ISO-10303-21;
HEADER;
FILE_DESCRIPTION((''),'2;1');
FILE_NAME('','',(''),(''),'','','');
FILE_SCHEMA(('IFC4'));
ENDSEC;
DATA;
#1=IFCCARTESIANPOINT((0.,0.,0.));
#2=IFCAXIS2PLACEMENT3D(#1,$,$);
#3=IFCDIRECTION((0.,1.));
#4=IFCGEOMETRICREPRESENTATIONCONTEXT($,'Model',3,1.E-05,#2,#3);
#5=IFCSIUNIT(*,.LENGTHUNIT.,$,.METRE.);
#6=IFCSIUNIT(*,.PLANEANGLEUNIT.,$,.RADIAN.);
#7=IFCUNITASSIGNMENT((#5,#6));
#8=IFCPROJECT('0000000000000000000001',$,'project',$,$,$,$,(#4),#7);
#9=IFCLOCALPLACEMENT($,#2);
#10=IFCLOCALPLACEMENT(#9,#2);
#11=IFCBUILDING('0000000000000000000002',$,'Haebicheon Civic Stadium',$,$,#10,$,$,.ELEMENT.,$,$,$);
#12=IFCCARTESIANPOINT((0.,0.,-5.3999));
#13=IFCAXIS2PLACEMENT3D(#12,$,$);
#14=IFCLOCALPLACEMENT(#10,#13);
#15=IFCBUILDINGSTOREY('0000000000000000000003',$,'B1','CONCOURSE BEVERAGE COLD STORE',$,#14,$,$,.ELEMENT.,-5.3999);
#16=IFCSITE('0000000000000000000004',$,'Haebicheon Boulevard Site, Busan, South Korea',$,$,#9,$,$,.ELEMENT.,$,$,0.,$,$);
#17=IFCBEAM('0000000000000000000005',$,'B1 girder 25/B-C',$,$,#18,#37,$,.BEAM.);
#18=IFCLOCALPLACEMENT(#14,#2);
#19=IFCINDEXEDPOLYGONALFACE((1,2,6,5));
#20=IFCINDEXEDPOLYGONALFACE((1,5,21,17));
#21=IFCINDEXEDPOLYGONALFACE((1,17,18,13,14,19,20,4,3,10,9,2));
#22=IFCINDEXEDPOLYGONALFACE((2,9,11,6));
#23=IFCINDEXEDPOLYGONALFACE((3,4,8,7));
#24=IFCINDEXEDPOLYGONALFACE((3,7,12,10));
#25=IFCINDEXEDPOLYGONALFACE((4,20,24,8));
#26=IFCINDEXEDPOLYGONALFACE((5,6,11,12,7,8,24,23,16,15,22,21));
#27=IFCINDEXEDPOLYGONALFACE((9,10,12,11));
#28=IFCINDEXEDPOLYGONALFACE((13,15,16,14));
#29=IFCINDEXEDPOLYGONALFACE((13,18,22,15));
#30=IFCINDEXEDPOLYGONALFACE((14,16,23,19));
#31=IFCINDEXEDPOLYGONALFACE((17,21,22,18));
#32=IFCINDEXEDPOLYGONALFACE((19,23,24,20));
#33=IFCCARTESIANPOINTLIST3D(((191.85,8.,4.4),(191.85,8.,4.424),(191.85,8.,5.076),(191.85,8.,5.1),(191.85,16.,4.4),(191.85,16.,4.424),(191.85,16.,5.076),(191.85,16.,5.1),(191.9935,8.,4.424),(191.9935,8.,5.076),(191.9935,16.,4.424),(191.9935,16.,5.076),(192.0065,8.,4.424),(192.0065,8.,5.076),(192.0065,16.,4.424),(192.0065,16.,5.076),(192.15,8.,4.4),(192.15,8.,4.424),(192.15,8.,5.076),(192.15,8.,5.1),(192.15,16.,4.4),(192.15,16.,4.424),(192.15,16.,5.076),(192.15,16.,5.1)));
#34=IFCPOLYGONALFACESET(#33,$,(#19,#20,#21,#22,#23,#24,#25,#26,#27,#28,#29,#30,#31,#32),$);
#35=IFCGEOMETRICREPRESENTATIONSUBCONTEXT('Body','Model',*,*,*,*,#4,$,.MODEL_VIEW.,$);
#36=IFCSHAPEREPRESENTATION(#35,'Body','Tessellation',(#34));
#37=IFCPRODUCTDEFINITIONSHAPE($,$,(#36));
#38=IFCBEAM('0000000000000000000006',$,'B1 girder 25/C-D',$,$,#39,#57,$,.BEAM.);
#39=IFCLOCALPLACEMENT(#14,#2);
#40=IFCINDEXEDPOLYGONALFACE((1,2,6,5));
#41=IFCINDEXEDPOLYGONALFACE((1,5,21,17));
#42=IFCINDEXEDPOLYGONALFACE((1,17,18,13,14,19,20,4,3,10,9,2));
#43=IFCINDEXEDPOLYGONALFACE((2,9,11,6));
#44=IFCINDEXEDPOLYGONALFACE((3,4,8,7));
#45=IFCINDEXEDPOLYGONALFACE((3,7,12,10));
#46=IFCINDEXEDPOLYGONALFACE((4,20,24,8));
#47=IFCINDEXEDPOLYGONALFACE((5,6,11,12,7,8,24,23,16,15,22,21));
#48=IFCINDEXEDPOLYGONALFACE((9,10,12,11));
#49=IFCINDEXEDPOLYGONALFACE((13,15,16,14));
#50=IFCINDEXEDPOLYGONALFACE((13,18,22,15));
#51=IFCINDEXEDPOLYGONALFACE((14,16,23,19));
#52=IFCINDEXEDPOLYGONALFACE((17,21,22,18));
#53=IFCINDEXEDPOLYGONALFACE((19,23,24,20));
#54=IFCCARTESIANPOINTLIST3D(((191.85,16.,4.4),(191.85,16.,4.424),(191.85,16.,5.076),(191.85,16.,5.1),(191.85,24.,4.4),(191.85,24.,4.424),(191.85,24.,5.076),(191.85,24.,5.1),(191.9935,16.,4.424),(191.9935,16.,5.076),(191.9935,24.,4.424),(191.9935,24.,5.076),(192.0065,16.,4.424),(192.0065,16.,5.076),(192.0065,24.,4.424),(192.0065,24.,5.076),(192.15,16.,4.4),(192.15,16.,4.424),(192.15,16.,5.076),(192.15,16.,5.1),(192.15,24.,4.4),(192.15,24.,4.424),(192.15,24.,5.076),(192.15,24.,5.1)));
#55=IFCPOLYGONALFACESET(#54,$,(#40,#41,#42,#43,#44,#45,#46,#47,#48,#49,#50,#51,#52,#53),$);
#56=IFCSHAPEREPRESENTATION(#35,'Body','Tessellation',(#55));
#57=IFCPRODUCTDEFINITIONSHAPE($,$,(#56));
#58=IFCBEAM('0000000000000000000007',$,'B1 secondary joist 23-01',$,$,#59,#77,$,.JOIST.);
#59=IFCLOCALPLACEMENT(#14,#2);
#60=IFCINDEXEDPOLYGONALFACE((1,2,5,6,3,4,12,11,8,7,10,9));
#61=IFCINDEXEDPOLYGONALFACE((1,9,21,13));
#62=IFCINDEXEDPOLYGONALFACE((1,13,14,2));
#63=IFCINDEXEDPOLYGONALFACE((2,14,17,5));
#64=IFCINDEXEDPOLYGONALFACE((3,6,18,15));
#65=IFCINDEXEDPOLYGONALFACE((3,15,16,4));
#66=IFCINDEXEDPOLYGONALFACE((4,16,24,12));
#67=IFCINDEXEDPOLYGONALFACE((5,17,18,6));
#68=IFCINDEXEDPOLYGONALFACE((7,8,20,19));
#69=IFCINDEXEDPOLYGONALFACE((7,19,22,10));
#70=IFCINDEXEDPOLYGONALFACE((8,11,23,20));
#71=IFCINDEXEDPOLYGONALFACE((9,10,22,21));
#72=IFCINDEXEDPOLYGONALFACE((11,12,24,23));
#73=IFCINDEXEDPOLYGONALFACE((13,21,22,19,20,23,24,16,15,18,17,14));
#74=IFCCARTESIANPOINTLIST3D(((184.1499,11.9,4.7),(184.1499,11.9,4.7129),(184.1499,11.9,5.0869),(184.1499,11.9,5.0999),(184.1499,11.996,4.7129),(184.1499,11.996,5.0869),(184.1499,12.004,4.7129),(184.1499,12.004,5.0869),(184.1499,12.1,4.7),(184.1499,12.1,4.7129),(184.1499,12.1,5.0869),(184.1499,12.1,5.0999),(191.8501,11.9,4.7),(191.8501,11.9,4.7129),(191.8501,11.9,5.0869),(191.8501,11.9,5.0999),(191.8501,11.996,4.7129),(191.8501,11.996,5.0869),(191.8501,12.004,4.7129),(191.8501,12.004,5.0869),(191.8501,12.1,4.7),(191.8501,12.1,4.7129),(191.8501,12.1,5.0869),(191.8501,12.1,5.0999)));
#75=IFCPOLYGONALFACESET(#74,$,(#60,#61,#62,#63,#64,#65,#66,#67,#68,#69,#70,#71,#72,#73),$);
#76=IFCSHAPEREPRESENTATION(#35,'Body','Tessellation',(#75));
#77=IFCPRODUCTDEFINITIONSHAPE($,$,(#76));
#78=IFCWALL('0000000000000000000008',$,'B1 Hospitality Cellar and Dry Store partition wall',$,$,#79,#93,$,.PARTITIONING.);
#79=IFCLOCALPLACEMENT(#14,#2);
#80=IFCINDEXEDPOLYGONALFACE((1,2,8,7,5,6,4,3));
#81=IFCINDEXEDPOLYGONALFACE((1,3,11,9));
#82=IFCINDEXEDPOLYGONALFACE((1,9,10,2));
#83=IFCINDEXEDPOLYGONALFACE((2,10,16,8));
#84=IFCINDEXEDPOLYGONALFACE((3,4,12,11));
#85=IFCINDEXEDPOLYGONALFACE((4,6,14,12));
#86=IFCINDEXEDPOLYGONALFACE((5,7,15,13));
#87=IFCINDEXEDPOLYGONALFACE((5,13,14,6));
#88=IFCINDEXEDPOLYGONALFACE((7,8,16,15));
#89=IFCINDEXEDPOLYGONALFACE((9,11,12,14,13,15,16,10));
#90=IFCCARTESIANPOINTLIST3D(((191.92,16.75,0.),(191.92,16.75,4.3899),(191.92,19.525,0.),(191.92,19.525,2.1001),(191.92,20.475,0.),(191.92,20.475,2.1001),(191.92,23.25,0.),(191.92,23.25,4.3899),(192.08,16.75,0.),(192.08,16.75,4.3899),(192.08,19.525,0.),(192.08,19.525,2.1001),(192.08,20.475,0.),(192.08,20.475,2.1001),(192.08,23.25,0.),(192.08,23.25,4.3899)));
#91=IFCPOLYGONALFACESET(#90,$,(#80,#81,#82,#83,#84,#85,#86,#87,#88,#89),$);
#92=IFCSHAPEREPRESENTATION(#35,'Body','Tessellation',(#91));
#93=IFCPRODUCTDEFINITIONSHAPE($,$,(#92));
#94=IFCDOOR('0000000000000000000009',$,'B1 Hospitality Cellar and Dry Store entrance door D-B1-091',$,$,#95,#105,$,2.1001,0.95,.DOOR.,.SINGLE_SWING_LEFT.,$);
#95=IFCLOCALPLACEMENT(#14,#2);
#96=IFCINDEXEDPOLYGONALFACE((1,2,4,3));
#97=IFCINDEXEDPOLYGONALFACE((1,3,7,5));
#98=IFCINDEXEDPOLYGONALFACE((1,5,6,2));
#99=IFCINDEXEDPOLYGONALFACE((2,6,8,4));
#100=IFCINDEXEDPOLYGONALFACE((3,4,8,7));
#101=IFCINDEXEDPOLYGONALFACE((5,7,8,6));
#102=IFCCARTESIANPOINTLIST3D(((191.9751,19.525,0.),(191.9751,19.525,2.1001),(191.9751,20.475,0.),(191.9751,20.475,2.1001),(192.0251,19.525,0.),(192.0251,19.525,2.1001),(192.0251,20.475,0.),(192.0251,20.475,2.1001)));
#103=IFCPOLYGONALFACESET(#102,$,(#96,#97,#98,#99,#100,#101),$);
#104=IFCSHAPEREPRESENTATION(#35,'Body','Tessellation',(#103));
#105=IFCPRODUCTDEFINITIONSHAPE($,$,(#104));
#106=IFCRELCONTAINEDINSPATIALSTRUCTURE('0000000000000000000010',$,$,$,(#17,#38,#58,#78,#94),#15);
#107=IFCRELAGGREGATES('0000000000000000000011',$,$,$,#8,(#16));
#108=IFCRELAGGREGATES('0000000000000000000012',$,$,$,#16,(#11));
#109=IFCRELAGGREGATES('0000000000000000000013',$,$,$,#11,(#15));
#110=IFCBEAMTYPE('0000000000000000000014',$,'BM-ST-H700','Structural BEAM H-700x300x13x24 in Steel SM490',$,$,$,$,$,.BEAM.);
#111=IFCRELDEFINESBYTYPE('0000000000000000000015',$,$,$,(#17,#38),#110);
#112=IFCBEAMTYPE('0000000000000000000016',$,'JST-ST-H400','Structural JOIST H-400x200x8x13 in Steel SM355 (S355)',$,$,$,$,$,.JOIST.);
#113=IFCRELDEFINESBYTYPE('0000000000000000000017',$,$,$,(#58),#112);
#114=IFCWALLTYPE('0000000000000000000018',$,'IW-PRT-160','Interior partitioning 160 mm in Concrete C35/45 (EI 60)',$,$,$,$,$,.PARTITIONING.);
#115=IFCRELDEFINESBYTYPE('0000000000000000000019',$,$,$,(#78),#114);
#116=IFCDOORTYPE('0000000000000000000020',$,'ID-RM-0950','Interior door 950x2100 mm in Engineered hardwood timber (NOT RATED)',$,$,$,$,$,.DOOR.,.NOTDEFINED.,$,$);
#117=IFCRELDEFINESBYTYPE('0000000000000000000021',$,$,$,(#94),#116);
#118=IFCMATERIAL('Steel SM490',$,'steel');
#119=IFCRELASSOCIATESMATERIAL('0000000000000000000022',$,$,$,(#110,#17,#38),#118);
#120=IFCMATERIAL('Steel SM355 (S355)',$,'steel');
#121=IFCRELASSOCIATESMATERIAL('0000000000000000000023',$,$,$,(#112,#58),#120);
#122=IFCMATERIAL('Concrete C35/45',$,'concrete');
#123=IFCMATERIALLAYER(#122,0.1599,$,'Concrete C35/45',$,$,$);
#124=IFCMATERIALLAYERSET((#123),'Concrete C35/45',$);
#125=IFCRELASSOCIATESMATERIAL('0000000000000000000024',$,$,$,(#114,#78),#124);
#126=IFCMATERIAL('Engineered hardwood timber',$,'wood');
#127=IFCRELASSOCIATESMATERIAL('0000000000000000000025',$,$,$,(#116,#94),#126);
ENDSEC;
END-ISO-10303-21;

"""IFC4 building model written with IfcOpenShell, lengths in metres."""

from ifc_helpers import new_model, si_unit, direction, frame, frame_2d, origin, origin_2d, place, context, subcontext, project, spatial, rectangle, i_section, extrude, material, layer, layer_set, material_profile, profile_set, type_object, element, fill, save


model = new_model("IFC4")

# Units and contexts
model_context = context("Model", 3, precision=1e-05, world=origin(), true_north=direction((0.0, 1.0)))
body_context = subcontext(model_context, "Body", "Model", "MODEL_VIEW")
ifc_project = project(units=[si_unit("LENGTHUNIT", "METRE"), si_unit("PLANEANGLEUNIT", "RADIAN")], contexts=[model_context])

# Site, building, storey
site_placement = place(None, origin())
site = spatial("IfcSite", under=ifc_project, at=site_placement, Name="Haebicheon Boulevard Site, Busan, South Korea", CompositionType="ELEMENT", RefElevation=0.0)
building_placement = place(site_placement, origin())
building = spatial("IfcBuilding", under=site, at=building_placement, Name="Haebicheon Civic Stadium", CompositionType="ELEMENT")
storey_placement = place(building_placement, frame((0.0, 0.0, -5.3999)))
storey = spatial("IfcBuildingStorey", under=building, at=storey_placement, Name="B1", Description="CONCOURSE BEVERAGE COLD STORE", CompositionType="ELEMENT", Elevation=-5.3999)

# Beams
ifc_material_1 = material(Name="Steel SM490", Category="steel")
ifc_material_profile_1 = material_profile(ifc_material_1, i_section(OverallWidth=0.3, OverallDepth=0.7, WebThickness=0.0129, FlangeThickness=0.0239, at=origin_2d()), Name="H-700x300x13x24")
ifc_profile_set_1 = profile_set([ifc_material_profile_1], Name="Steel SM490")
beam_type_1 = type_object("IfcBeamType", Name="BM-ST-H700", Description="Structural BEAM H-700x300x13x24 in Steel SM490", PredefinedType="BEAM", material=ifc_profile_set_1)
for number, where, z_axis, x_axis, name in (
    (1, (192.0, 8.0, 4.75), (0.0, 1.0, 0.0), (-1.0, 0.0, 0.0), "B1 girder 25/B-C"),
    (2, (192.0, 16.0, 4.75), (0.0, 1.0, 0.0), (-1.0, 0.0, 0.0), "B1 girder 25/C-D"),
):
    element("IfcBeam", number, at=place(storey_placement, frame(where, z_axis=z_axis, x_axis=x_axis)), inside=storey, type_object=beam_type_1, material=ifc_profile_set_1, Name=name, PredefinedType="BEAM", context=body_context, shape_type="SweptSolid", body=[
        extrude(i_section(OverallWidth=0.3, OverallDepth=0.7, WebThickness=0.0129, FlangeThickness=0.0239, at=origin_2d()), origin(), (0.0, 0.0, 1.0), 8.0),
    ])
ifc_material_2 = material(Name="Steel SM355 (S355)", Category="steel")
ifc_material_profile_2 = material_profile(ifc_material_2, i_section(OverallWidth=0.2, OverallDepth=0.3999, WebThickness=0.0081, FlangeThickness=0.0129, at=origin_2d()), Name="H-400x200x8x13")
ifc_profile_set_2 = profile_set([ifc_material_profile_2], Name="Steel SM355 (S355)")
beam_type_2 = type_object("IfcBeamType", Name="JST-ST-H400", Description="Structural JOIST H-400x200x8x13 in Steel SM355 (S355)", PredefinedType="JOIST", material=ifc_profile_set_2)
beam_placement = place(storey_placement, frame((184.1499, 12.0, 4.8999), z_axis=(1.0, 0.0, 0.0), x_axis=(0.0, 1.0, 0.0)))
element("IfcBeam", 3, at=beam_placement, inside=storey, type_object=beam_type_2, material=ifc_profile_set_2, Name="B1 secondary joist 23-01", PredefinedType="JOIST", context=body_context, shape_type="SweptSolid", body=[
    extrude(i_section(OverallWidth=0.2, OverallDepth=0.3999, WebThickness=0.0081, FlangeThickness=0.0129, at=origin_2d()), origin(), (0.0, 0.0, 1.0), 7.7002),
])

# Wall, opening, door
ifc_material_3 = material(Name="Concrete C35/45", Category="concrete")
ifc_layer_1 = layer(ifc_material_3, 0.1599, Name="Concrete C35/45")
ifc_layer_set_1 = layer_set([ifc_layer_1], Name="Concrete C35/45")
wall_type = type_object("IfcWallType", Name="IW-PRT-160", Description="Interior partitioning 160 mm in Concrete C35/45 (EI 60)", PredefinedType="PARTITIONING", material=ifc_layer_set_1)
wall_placement = place(storey_placement, frame((192.0, 16.75, 0.0), z_axis=(0.0, 0.0, 1.0), x_axis=(0.0, 1.0, 0.0)))
wall = element("IfcWall", 4, at=wall_placement, inside=storey, type_object=wall_type, material=ifc_layer_set_1, Name="B1 Hospitality Cellar and Dry Store partition wall", PredefinedType="PARTITIONING", context=body_context, shape_type="SweptSolid", body=[
    extrude(rectangle(XDim=6.5, YDim=0.1599, at=frame_2d((3.25, 0.0))), origin(), (0.0, 0.0, 1.0), 4.3899),
])
opening_placement = place(wall_placement, frame((2.7749, 0.0, 0.0)))
opening = element("IfcOpeningElement", 5, at=opening_placement, cuts=wall, PredefinedType="OPENING", context=body_context, shape_type="SweptSolid", body=[
    extrude(rectangle(XDim=0.95, YDim=2.1001, at=frame_2d((0.4751, 1.05))), frame((0.0, 0.0898, 0.0), z_axis=(0.0, -1.0, 0.0), x_axis=(1.0, 0.0, 0.0)), (0.0, 0.0, 1.0), 0.1799),
])
ifc_material_4 = material(Name="Engineered hardwood timber", Category="wood")
door_type = type_object("IfcDoorType", Name="ID-RM-0950", Description="Interior door 950x2100 mm in Engineered hardwood timber (NOT RATED)", OperationType="NOTDEFINED", PredefinedType="DOOR", material=ifc_material_4)
door_placement = place(opening_placement, origin())
door = element("IfcDoor", 6, at=door_placement, inside=storey, type_object=door_type, material=ifc_material_4, Name="B1 Hospitality Cellar and Dry Store entrance door D-B1-091", OperationType="SINGLE_SWING_LEFT", OverallHeight=2.1001, OverallWidth=0.95, PredefinedType="DOOR", context=body_context, shape_type="SweptSolid", body=[
    extrude(rectangle(XDim=0.95, YDim=2.1001, at=frame_2d((0.4751, 1.05))), frame((0.0, 0.0249, 0.0), z_axis=(0.0, -1.0, 0.0), x_axis=(1.0, 0.0, 0.0)), (0.0, 0.0, 1.0), 0.05),
])
fill(opening, door)

save(model, "model.ifc")
